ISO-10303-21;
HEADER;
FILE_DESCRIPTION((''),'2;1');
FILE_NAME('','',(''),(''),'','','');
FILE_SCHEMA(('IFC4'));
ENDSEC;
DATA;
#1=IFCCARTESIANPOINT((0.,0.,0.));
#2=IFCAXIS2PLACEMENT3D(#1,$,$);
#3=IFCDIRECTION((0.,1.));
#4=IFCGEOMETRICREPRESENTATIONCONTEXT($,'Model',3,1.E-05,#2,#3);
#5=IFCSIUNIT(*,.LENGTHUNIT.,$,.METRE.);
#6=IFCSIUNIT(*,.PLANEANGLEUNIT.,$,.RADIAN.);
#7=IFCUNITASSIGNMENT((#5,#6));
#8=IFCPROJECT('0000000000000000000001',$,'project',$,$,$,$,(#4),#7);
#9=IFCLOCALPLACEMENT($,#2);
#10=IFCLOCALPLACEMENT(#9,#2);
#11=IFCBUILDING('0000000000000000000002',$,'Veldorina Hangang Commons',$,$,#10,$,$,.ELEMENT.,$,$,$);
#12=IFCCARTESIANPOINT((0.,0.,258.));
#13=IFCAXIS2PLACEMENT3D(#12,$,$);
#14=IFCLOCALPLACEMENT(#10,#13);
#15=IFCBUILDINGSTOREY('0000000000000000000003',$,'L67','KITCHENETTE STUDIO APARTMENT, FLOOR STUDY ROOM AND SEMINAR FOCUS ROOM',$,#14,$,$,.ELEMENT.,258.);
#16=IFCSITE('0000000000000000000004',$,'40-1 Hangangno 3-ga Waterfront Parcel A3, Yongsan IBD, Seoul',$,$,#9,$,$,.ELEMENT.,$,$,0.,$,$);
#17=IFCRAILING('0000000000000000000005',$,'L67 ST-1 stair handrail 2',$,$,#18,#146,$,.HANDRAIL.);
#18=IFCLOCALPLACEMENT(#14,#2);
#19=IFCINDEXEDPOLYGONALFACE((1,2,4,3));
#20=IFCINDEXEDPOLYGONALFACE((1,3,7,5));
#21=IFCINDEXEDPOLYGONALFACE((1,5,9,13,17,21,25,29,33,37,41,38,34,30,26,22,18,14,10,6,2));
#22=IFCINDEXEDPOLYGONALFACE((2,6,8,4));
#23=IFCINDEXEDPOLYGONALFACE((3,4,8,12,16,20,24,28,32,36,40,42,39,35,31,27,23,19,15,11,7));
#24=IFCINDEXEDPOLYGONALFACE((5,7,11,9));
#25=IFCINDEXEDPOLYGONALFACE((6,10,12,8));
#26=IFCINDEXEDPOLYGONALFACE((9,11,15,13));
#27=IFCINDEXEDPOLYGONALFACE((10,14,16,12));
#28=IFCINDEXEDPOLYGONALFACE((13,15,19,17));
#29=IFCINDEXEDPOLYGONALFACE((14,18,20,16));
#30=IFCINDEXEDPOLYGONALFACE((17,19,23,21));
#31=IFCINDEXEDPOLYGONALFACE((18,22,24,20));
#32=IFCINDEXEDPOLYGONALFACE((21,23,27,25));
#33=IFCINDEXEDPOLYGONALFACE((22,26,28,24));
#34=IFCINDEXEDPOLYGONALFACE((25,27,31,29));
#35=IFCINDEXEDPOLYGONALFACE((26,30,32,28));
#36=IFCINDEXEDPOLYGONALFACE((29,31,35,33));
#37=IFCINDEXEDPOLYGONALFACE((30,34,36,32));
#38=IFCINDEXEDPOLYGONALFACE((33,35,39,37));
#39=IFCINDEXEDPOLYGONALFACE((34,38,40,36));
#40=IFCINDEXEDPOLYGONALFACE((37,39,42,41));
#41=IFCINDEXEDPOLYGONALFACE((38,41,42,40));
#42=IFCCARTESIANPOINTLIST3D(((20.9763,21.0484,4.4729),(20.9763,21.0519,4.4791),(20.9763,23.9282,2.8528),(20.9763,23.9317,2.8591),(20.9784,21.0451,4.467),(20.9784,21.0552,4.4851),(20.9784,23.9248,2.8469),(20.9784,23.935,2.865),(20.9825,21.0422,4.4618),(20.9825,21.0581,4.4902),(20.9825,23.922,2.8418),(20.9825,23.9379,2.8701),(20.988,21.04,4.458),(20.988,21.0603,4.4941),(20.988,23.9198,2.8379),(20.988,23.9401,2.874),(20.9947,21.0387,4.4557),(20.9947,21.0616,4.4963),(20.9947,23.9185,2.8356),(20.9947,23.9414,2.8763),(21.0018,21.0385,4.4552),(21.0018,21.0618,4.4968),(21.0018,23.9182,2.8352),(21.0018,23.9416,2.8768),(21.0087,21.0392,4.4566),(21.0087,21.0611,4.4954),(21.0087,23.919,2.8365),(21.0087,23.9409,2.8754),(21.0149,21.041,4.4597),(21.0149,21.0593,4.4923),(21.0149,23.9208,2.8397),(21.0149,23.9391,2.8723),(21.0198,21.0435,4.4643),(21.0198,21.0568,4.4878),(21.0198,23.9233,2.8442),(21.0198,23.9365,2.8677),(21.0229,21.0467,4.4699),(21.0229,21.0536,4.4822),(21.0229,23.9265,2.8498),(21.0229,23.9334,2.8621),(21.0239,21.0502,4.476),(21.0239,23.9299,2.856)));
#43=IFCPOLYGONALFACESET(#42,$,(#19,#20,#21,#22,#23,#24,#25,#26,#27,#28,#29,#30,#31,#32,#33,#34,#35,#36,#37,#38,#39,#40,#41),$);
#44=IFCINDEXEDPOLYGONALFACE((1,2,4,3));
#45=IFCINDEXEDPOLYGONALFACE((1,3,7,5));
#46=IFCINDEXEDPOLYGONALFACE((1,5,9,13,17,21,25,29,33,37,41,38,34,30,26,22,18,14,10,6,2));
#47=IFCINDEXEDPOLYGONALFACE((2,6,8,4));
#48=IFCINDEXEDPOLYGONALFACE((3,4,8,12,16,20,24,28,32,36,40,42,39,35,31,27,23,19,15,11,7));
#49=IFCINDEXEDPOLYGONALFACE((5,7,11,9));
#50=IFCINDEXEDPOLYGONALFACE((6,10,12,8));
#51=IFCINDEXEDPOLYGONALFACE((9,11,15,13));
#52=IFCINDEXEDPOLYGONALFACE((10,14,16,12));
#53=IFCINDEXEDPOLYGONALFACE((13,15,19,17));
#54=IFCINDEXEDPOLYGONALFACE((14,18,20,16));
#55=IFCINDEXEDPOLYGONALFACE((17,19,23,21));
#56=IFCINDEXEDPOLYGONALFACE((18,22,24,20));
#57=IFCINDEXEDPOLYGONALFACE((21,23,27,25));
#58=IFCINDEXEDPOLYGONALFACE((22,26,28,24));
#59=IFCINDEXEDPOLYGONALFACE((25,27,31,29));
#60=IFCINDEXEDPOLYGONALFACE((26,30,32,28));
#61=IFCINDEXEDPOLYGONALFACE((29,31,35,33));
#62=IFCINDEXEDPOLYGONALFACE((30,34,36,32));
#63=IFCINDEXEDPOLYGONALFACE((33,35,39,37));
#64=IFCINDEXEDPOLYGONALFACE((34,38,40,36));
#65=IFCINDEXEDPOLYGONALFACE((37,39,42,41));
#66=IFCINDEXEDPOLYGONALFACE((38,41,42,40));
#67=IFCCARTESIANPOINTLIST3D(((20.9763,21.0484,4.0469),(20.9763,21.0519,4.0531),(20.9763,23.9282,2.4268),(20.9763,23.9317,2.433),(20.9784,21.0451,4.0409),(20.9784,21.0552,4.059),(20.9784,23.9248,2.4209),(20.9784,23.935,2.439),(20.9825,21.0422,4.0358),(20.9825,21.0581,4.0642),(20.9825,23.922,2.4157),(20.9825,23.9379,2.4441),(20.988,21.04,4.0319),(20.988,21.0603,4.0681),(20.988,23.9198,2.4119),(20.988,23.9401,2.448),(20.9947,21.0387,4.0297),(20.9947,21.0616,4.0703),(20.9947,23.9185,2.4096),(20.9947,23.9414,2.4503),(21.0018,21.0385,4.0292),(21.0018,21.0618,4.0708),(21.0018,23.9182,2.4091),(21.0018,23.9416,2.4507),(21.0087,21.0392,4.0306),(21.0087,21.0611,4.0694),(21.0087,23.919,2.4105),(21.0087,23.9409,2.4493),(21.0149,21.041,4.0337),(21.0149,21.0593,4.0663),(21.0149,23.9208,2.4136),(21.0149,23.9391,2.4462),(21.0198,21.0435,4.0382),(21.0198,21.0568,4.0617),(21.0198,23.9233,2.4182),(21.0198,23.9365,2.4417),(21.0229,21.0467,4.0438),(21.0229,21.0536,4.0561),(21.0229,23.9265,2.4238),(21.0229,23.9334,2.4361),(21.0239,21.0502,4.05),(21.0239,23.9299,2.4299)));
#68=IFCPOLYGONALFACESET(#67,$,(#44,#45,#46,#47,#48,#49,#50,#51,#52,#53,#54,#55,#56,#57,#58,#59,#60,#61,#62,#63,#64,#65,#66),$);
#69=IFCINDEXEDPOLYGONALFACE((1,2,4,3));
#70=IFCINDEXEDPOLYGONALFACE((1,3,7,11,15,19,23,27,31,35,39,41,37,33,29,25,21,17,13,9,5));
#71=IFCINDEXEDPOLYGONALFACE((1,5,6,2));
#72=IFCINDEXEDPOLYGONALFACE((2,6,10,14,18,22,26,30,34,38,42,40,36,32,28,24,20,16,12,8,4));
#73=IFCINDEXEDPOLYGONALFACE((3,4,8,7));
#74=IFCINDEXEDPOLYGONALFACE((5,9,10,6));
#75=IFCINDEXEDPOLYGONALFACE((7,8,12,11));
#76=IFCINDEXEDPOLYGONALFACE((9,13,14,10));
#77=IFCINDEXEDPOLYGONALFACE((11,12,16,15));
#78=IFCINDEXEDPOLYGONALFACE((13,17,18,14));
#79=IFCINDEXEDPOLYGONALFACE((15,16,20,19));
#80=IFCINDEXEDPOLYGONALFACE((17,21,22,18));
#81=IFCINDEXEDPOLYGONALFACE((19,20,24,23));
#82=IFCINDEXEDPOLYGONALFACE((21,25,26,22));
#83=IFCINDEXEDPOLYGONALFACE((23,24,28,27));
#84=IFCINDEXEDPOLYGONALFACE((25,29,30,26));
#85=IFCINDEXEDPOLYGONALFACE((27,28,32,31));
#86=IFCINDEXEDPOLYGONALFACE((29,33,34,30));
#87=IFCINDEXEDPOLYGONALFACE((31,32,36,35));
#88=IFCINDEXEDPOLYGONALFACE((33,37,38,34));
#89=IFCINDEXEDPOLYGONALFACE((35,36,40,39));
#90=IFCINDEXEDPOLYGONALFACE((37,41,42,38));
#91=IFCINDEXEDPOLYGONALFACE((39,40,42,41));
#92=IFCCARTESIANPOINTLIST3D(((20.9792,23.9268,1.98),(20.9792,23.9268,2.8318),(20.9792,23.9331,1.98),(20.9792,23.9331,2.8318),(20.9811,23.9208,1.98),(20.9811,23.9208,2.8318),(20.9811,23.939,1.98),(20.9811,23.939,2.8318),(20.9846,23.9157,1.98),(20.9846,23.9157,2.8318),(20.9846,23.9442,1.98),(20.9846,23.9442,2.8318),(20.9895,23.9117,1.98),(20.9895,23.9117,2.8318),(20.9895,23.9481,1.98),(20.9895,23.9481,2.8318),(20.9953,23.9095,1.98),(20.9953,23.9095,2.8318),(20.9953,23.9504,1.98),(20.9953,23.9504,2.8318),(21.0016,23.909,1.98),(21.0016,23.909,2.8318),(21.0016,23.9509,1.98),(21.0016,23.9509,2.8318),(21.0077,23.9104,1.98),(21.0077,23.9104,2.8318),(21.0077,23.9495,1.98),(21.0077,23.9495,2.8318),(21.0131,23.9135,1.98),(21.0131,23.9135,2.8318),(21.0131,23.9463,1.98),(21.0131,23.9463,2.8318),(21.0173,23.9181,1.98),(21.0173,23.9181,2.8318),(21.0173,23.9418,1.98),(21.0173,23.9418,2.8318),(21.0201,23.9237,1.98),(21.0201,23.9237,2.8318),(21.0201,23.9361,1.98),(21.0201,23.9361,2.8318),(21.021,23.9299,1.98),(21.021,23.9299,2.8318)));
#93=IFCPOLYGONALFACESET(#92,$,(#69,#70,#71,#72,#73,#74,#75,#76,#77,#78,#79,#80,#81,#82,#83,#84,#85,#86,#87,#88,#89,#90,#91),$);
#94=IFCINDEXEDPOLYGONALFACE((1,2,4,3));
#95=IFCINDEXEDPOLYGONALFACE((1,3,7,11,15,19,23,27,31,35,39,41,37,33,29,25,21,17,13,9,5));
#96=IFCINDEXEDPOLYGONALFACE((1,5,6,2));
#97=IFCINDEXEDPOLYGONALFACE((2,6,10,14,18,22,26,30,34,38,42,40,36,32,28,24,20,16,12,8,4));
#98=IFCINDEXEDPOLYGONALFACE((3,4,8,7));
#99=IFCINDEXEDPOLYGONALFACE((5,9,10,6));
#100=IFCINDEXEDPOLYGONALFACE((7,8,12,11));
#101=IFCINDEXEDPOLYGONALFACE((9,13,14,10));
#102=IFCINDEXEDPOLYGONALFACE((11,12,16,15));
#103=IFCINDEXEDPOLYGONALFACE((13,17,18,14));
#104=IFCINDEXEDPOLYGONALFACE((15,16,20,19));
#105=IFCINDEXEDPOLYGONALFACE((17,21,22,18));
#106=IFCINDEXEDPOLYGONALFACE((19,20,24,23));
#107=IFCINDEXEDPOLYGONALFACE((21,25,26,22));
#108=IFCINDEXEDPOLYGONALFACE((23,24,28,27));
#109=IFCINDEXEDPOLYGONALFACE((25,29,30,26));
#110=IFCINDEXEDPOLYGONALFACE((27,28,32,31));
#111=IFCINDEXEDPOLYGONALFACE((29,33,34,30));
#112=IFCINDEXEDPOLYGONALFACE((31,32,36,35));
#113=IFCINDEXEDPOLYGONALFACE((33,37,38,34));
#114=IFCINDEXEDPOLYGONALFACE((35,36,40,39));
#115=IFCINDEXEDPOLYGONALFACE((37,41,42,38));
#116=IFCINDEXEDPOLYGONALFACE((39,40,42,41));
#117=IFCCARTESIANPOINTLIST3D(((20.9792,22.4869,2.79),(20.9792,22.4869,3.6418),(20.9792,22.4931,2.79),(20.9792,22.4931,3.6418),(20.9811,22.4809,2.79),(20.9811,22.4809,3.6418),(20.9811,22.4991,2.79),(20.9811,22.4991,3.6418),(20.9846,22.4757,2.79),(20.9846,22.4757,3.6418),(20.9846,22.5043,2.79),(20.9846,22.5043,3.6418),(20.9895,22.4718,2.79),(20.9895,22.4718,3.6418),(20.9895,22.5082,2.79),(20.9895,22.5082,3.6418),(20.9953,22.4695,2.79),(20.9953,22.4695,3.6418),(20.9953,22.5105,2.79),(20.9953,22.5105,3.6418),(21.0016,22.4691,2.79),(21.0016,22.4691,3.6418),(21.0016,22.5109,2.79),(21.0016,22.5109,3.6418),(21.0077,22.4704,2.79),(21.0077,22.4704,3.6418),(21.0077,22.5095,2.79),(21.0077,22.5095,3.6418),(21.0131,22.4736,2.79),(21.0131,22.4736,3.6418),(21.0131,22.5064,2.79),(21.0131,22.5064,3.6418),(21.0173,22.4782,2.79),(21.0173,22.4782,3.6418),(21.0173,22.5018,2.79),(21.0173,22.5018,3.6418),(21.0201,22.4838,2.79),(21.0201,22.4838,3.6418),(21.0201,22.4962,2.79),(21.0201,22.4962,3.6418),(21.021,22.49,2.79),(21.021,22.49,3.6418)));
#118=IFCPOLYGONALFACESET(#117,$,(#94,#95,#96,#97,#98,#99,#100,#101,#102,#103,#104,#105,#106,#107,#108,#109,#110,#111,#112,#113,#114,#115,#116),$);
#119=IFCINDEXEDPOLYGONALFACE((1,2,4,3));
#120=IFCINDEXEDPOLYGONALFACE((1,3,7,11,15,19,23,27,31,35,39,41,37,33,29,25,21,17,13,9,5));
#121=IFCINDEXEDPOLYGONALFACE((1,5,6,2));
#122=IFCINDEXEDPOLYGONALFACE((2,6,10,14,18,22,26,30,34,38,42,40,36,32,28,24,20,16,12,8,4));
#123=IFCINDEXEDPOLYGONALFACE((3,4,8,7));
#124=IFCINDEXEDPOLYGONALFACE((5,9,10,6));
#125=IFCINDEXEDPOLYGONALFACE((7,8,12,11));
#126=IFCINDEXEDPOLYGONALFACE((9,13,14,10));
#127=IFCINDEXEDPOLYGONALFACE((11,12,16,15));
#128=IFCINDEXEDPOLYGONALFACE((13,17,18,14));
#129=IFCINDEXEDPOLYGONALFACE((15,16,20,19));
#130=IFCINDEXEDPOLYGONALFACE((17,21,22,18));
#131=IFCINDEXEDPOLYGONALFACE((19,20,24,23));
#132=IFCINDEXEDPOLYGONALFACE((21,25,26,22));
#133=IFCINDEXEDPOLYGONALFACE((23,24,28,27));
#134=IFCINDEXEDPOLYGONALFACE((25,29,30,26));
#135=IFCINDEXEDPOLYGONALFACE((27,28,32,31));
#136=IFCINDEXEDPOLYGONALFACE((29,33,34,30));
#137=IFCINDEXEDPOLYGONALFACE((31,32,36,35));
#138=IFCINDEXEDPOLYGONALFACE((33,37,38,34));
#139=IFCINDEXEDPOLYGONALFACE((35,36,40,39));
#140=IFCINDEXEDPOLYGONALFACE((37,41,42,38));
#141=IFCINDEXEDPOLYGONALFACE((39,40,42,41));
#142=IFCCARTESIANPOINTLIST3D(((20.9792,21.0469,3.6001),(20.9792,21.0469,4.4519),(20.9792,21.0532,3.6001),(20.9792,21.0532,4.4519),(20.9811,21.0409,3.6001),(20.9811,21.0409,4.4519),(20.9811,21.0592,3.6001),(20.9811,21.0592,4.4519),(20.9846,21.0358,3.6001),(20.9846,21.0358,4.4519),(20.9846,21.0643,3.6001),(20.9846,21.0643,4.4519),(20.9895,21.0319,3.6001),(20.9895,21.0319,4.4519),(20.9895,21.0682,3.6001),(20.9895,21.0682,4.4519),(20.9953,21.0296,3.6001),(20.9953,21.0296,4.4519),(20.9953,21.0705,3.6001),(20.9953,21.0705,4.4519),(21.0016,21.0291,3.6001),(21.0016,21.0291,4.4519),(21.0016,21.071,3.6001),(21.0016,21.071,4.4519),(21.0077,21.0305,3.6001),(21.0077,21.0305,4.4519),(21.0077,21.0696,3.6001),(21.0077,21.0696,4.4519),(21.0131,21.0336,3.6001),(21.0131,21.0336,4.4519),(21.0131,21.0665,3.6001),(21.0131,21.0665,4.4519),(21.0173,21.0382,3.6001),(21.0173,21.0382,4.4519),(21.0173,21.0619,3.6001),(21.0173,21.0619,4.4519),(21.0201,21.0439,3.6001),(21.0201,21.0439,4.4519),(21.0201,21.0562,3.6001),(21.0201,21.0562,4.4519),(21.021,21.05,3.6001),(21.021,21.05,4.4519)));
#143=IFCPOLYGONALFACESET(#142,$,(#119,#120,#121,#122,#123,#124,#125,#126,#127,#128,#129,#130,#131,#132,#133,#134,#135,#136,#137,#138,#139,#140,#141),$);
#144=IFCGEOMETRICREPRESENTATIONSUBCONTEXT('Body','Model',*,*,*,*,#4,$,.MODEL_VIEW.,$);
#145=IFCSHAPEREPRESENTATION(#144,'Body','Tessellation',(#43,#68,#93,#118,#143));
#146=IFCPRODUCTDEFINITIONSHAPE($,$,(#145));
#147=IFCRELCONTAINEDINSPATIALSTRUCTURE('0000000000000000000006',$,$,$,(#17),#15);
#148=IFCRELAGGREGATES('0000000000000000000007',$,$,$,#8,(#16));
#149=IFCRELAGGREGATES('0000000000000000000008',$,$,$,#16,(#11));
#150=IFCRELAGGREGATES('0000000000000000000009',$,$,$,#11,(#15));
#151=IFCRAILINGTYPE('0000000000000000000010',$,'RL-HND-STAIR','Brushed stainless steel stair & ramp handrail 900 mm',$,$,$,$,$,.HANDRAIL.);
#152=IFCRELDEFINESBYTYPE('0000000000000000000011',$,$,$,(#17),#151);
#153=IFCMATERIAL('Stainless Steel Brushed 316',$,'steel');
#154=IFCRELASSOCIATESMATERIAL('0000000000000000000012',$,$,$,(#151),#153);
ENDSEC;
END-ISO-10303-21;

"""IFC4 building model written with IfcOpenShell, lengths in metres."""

from ifc_helpers import new_model, si_unit, direction, frame, origin, origin_2d, place, context, subcontext, project, spatial, circle, extrude, material, type_object, element, save


model = new_model("IFC4")

# Units and contexts
model_context = context("Model", 3, precision=1e-05, world=origin(), true_north=direction((0.0, 1.0)))
body_context = subcontext(model_context, "Body", "Model", "MODEL_VIEW")
ifc_project = project(units=[si_unit("LENGTHUNIT", "METRE"), si_unit("PLANEANGLEUNIT", "RADIAN")], contexts=[model_context])

# Site, building, storey
site_placement = place(None, origin())
site = spatial("IfcSite", under=ifc_project, at=site_placement, Name="40-1 Hangangno 3-ga Waterfront Parcel A3, Yongsan IBD, Seoul", CompositionType="ELEMENT", RefElevation=0.0)
building_placement = place(site_placement, origin())
building = spatial("IfcBuilding", under=site, at=building_placement, Name="Veldorina Hangang Commons", CompositionType="ELEMENT")
storey_placement = place(building_placement, frame((0.0, 0.0, 258.0)))
storey = spatial("IfcBuildingStorey", under=building, at=storey_placement, Name="L67", Description="KITCHENETTE STUDIO APARTMENT, FLOOR STUDY ROOM AND SEMINAR FOCUS ROOM", CompositionType="ELEMENT", Elevation=258.0)

# Railing
ifc_material_1 = material(Name="Stainless Steel Brushed 316", Category="steel")
railing_type_1 = type_object("IfcRailingType", Name="RL-HND-STAIR", Description="Brushed stainless steel stair & ramp handrail 900 mm", PredefinedType="HANDRAIL", material=ifc_material_1)
railing_1_placement = place(storey_placement, frame((21.0, 23.9299, 1.98)))
element("IfcRailing", 1, at=railing_1_placement, inside=storey, type_object=railing_type_1, Name="L67 ST-1 stair handrail 2", PredefinedType="HANDRAIL", context=body_context, shape_type="SweptSolid", body=[
    extrude(circle(Radius=0.0239, at=origin_2d()), frame((0.0, 0.0, 0.876), z_axis=(0.0, -0.871552, 0.490303), x_axis=(1.0, 0.0, 0.0)), (0.0, 0.0, 1.0), 3.3042),
    extrude(circle(Radius=0.0239, at=origin_2d()), frame((0.0, 0.0, 0.45), z_axis=(0.0, -0.871552, 0.490303), x_axis=(1.0, 0.0, 0.0)), (0.0, 0.0, 1.0), 3.3042),
    extrude(circle(Radius=0.021, at=origin_2d()), origin(), (0.0, 0.0, 1.0), 0.8518),
    extrude(circle(Radius=0.021, at=origin_2d()), frame((0.0, -1.4399, 0.8101)), (0.0, 0.0, 1.0), 0.8518),
    extrude(circle(Radius=0.021, at=origin_2d()), frame((0.0, -2.8799, 1.6201)), (0.0, 0.0, 1.0), 0.8518),
])

save(model, "model.ifc")
